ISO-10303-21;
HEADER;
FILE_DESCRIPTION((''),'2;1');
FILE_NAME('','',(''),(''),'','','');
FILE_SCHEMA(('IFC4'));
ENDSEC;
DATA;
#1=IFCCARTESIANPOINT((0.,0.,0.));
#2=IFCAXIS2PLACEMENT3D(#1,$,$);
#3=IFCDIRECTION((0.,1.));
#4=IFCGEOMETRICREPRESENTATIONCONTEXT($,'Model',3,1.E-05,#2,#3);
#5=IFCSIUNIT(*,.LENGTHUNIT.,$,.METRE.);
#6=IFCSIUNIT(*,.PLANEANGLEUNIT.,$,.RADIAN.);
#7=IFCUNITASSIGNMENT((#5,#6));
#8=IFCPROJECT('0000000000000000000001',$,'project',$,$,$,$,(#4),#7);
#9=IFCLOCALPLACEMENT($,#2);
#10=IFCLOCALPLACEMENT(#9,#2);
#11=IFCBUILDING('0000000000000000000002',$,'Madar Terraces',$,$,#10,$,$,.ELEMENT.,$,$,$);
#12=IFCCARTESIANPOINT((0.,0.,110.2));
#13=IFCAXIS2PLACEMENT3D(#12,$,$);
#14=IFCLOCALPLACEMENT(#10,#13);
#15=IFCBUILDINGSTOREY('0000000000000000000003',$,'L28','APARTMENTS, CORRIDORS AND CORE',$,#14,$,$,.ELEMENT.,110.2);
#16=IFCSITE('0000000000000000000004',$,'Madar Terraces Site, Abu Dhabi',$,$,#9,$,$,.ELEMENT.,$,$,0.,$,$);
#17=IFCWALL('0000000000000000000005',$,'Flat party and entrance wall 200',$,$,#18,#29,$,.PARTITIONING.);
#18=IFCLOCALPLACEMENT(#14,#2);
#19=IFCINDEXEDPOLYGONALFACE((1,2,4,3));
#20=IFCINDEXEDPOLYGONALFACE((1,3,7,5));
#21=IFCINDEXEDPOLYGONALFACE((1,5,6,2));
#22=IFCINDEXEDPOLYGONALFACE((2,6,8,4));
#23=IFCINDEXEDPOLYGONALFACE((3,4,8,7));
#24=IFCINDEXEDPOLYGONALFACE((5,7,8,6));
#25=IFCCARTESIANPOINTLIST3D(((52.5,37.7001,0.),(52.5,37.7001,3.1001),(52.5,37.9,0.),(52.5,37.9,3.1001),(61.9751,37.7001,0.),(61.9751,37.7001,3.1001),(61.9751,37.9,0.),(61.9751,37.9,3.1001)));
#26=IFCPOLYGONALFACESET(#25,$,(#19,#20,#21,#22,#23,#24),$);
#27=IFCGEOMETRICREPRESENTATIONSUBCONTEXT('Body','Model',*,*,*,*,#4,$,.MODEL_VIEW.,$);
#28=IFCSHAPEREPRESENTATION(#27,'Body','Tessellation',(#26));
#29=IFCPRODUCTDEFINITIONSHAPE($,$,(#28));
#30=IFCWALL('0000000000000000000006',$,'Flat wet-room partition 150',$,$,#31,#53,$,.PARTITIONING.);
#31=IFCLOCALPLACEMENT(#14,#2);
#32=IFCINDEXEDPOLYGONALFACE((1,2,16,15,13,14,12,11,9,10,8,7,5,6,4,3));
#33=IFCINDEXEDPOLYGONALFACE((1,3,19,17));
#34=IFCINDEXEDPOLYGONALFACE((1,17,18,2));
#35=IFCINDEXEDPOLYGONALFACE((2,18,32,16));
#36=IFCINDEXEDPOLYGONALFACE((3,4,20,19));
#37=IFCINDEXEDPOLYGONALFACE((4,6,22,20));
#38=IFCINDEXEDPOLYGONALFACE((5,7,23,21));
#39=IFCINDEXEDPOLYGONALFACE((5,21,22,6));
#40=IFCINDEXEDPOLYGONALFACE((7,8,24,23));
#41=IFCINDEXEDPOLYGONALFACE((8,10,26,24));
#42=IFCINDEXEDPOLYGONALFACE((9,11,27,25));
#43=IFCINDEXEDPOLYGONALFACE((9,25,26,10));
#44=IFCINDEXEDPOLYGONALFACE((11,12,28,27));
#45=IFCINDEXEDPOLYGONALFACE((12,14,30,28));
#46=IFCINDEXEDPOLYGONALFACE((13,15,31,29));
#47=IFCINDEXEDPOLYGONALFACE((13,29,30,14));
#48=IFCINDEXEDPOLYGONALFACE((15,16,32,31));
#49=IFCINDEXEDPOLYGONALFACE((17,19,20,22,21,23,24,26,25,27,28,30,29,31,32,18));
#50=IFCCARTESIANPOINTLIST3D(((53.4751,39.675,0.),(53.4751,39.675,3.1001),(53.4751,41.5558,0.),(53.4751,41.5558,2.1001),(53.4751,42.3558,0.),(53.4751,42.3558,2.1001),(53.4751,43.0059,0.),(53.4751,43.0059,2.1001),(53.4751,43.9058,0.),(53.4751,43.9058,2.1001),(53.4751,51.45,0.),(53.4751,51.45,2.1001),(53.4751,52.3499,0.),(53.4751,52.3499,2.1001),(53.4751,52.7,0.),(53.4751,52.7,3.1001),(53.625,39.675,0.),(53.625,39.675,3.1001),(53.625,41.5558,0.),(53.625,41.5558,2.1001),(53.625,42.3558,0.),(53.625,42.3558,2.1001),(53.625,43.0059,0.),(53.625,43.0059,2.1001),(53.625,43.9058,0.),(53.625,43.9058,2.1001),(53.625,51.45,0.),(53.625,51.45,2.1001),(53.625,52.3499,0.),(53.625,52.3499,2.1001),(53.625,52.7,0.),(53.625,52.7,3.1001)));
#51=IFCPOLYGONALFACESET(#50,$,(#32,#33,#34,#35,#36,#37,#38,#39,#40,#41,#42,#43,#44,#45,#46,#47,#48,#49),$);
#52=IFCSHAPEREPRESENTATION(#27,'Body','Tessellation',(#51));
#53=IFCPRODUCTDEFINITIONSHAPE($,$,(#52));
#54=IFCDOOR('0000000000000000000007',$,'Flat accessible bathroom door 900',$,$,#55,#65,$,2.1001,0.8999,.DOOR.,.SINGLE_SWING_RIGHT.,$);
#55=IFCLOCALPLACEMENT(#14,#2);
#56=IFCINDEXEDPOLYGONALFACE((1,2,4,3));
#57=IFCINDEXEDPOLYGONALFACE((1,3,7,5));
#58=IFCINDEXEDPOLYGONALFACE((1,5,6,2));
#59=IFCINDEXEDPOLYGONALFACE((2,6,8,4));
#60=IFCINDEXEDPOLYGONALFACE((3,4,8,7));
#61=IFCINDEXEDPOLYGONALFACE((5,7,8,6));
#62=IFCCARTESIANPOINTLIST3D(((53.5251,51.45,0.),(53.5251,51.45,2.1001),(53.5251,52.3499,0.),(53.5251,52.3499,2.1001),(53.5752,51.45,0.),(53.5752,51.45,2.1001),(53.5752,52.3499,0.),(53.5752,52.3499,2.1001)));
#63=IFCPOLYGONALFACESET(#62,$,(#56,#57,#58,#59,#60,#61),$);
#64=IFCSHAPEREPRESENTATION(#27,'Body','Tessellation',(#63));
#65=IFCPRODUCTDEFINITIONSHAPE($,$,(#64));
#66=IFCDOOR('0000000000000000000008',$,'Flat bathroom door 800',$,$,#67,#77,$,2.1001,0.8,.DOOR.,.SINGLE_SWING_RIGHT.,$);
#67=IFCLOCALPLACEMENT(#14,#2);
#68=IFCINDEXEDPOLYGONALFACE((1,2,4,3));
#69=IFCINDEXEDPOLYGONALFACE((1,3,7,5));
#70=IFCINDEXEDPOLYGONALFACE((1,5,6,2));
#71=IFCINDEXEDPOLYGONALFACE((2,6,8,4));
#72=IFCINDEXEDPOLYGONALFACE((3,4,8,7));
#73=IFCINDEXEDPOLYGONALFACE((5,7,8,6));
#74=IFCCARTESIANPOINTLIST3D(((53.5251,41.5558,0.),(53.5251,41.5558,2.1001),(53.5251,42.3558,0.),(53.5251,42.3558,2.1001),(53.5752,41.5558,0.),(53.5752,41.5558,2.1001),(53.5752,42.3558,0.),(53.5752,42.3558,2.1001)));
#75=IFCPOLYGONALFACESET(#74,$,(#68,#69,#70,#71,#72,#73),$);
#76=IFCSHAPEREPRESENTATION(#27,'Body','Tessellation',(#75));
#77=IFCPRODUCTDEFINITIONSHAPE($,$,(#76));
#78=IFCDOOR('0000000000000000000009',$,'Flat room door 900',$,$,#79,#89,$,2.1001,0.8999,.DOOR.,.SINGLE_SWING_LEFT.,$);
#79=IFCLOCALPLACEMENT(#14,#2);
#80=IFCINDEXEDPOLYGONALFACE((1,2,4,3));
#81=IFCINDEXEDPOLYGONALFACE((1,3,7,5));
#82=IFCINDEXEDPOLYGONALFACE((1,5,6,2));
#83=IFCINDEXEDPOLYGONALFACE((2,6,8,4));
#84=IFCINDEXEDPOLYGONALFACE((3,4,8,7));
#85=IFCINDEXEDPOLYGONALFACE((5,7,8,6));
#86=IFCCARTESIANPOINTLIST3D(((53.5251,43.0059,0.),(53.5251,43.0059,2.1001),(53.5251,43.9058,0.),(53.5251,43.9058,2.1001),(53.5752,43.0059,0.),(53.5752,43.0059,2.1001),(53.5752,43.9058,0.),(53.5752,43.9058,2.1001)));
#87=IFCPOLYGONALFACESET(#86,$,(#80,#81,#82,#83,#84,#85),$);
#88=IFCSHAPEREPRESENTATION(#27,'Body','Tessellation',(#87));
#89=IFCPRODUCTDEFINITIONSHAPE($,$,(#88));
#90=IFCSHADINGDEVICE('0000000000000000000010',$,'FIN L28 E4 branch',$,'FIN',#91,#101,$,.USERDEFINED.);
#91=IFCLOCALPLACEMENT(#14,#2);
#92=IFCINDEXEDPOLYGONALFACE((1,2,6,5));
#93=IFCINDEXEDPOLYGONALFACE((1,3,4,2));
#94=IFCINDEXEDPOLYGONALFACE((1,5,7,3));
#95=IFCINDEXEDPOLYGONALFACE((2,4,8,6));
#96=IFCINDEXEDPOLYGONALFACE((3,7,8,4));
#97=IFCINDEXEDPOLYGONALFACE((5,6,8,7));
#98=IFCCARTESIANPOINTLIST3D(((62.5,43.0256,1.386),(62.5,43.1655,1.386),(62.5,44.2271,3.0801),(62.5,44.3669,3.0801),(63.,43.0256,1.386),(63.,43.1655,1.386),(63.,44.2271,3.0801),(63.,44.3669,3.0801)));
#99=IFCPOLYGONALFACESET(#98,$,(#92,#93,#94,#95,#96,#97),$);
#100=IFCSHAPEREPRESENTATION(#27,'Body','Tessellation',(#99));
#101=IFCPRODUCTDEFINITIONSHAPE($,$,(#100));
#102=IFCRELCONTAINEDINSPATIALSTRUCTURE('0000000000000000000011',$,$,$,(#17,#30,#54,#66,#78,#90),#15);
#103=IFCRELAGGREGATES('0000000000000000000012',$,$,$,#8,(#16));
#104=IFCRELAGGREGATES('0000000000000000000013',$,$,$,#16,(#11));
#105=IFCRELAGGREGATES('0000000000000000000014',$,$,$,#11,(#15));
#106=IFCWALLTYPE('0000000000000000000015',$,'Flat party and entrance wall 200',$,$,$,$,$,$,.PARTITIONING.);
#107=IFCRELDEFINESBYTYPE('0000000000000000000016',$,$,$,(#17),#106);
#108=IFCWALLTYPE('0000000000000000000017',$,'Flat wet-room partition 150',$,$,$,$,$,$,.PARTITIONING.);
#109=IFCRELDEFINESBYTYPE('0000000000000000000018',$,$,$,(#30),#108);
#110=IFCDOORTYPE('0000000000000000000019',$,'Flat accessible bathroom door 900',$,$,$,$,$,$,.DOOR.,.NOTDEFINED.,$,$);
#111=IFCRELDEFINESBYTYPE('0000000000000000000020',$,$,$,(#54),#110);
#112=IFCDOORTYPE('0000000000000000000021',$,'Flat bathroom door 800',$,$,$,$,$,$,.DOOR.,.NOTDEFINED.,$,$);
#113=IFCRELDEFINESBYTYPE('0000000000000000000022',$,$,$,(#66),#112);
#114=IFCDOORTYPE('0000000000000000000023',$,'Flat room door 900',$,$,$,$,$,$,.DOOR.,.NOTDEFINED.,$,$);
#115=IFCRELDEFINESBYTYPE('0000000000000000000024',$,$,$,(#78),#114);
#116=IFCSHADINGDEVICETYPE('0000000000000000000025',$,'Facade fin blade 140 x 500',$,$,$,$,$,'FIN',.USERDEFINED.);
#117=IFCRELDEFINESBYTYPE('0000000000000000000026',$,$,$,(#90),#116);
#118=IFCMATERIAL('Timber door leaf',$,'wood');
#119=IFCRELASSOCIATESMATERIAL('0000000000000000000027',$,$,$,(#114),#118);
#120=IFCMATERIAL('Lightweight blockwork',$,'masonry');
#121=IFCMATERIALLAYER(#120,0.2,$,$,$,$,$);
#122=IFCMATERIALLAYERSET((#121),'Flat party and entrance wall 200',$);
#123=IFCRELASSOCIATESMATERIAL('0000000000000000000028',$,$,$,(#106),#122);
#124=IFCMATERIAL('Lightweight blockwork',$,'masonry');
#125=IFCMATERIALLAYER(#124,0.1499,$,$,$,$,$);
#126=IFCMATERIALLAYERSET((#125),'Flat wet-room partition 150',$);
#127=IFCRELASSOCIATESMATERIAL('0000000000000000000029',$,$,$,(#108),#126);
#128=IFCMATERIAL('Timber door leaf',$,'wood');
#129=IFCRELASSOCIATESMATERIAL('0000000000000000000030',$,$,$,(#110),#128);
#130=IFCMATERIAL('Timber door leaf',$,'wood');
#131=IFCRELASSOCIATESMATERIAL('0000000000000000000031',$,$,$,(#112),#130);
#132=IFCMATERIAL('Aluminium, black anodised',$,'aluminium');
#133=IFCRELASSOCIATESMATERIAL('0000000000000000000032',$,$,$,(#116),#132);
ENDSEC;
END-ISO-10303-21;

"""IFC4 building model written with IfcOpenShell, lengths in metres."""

from ifc_helpers import new_model, si_unit, direction, frame, frame_2d, origin, place, context, subcontext, project, spatial, polyline, rectangle, outline, extrude, material, layer, layer_set, type_object, element, fill, save


model = new_model("IFC4")

# Units and contexts
model_context = context("Model", 3, precision=1e-05, world=origin(), true_north=direction((0.0, 1.0)))
body_context = subcontext(model_context, "Body", "Model", "MODEL_VIEW")
ifc_project = project(units=[si_unit("LENGTHUNIT", "METRE"), si_unit("PLANEANGLEUNIT", "RADIAN")], contexts=[model_context])

# Site, building, storey
site_placement = place(None, origin())
site = spatial("IfcSite", under=ifc_project, at=site_placement, Name="Madar Terraces Site, Abu Dhabi", CompositionType="ELEMENT", RefElevation=0.0)
building_placement = place(site_placement, origin())
building = spatial("IfcBuilding", under=site, at=building_placement, Name="Madar Terraces", CompositionType="ELEMENT")
storey_placement = place(building_placement, frame((0.0, 0.0, 110.2)))
storey = spatial("IfcBuildingStorey", under=building, at=storey_placement, Name="L28", Description="APARTMENTS, CORRIDORS AND CORE", CompositionType="ELEMENT", Elevation=110.2)

# Shared definitions
ifc_material_1 = material(Name="Timber door leaf", Category="wood")
door_type_1 = type_object("IfcDoorType", Name="Flat room door 900", OperationType="NOTDEFINED", PredefinedType="DOOR", material=ifc_material_1)

# Wall
ifc_material_2 = material(Name="Lightweight blockwork", Category="masonry")
ifc_layer_1 = layer(ifc_material_2, 0.2)
ifc_layer_set_1 = layer_set([ifc_layer_1], Name="Flat party and entrance wall 200")
wall_type_1 = type_object("IfcWallType", Name="Flat party and entrance wall 200", PredefinedType="PARTITIONING", material=ifc_layer_set_1)
wall_1_placement = place(storey_placement, frame((52.5, 37.8, 0.0), z_axis=(0.0, 0.0, 1.0), x_axis=(1.0, 0.0, 0.0)))
element("IfcWall", 1, at=wall_1_placement, inside=storey, type_object=wall_type_1, Name="Flat party and entrance wall 200", PredefinedType="PARTITIONING", context=body_context, shape_type="SweptSolid", body=[
    extrude(rectangle(XDim=9.4751, YDim=0.2, at=frame_2d((4.7375, 0.0))), origin(), (0.0, 0.0, 1.0), 3.1001),
])

# Wall, openings, doors
ifc_material_3 = material(Name="Lightweight blockwork", Category="masonry")
ifc_layer_2 = layer(ifc_material_3, 0.1499)
ifc_layer_set_2 = layer_set([ifc_layer_2], Name="Flat wet-room partition 150")
wall_type_2 = type_object("IfcWallType", Name="Flat wet-room partition 150", PredefinedType="PARTITIONING", material=ifc_layer_set_2)
wall_2_placement = place(storey_placement, frame((53.55, 39.675, 0.0), z_axis=(0.0, 0.0, 1.0), x_axis=(0.0, 1.0, 0.0)))
wall_2 = element("IfcWall", 2, at=wall_2_placement, inside=storey, type_object=wall_type_2, Name="Flat wet-room partition 150", PredefinedType="PARTITIONING", context=body_context, shape_type="SweptSolid", body=[
    extrude(rectangle(XDim=13.0249, YDim=0.1499, at=frame_2d((6.5125, 0.0))), origin(), (0.0, 0.0, 1.0), 3.1001),
])
opening_1_placement = place(wall_2_placement, frame((1.8809, 0.0, 0.0)))
opening_1 = element("IfcOpeningElement", 3, at=opening_1_placement, cuts=wall_2, PredefinedType="OPENING", context=body_context, shape_type="SweptSolid", body=[
    extrude(rectangle(XDim=0.8, YDim=2.1001, at=frame_2d((0.3999, 1.05))), frame((0.0, 0.085, 0.0), z_axis=(0.0, -1.0, 0.0), x_axis=(1.0, 0.0, 0.0)), (0.0, 0.0, 1.0), 0.1699),
])
opening_2_placement = place(wall_2_placement, frame((3.3308, 0.0, 0.0)))
opening_2 = element("IfcOpeningElement", 4, at=opening_2_placement, cuts=wall_2, PredefinedType="OPENING", context=body_context, shape_type="SweptSolid", body=[
    extrude(rectangle(XDim=0.8999, YDim=2.1001, at=frame_2d((0.45, 1.05))), frame((0.0, 0.085, 0.0), z_axis=(0.0, -1.0, 0.0), x_axis=(1.0, 0.0, 0.0)), (0.0, 0.0, 1.0), 0.1699),
])
opening_3_placement = place(wall_2_placement, frame((11.7749, 0.0, 0.0)))
opening_3 = element("IfcOpeningElement", 5, at=opening_3_placement, cuts=wall_2, PredefinedType="OPENING", context=body_context, shape_type="SweptSolid", body=[
    extrude(rectangle(XDim=0.8999, YDim=2.1001, at=frame_2d((0.45, 1.05))), frame((0.0, 0.085, 0.0), z_axis=(0.0, -1.0, 0.0), x_axis=(1.0, 0.0, 0.0)), (0.0, 0.0, 1.0), 0.1699),
])
ifc_material_4 = material(Name="Timber door leaf", Category="wood")
door_type_2 = type_object("IfcDoorType", Name="Flat accessible bathroom door 900", OperationType="NOTDEFINED", PredefinedType="DOOR", material=ifc_material_4)
door_1_placement = place(opening_3_placement, origin())
door_1 = element("IfcDoor", 6, at=door_1_placement, inside=storey, type_object=door_type_2, Name="Flat accessible bathroom door 900", OperationType="SINGLE_SWING_RIGHT", OverallHeight=2.1001, OverallWidth=0.8999, PredefinedType="DOOR", context=body_context, shape_type="SweptSolid", body=[
    extrude(rectangle(XDim=0.8999, YDim=2.1001, at=frame_2d((0.45, 1.05))), frame((0.0, 0.0249, 0.0), z_axis=(0.0, -1.0, 0.0), x_axis=(1.0, 0.0, 0.0)), (0.0, 0.0, 1.0), 0.05),
])
fill(opening_3, door_1)
ifc_material_5 = material(Name="Timber door leaf", Category="wood")
door_type_3 = type_object("IfcDoorType", Name="Flat bathroom door 800", OperationType="NOTDEFINED", PredefinedType="DOOR", material=ifc_material_5)
door_2_placement = place(opening_1_placement, origin())
door_2 = element("IfcDoor", 7, at=door_2_placement, inside=storey, type_object=door_type_3, Name="Flat bathroom door 800", OperationType="SINGLE_SWING_RIGHT", OverallHeight=2.1001, OverallWidth=0.8, PredefinedType="DOOR", context=body_context, shape_type="SweptSolid", body=[
    extrude(rectangle(XDim=0.8, YDim=2.1001, at=frame_2d((0.3999, 1.05))), frame((0.0, 0.0249, 0.0), z_axis=(0.0, -1.0, 0.0), x_axis=(1.0, 0.0, 0.0)), (0.0, 0.0, 1.0), 0.05),
])
fill(opening_1, door_2)
door_3_placement = place(opening_2_placement, origin())
door_3 = element("IfcDoor", 8, at=door_3_placement, inside=storey, type_object=door_type_1, Name="Flat room door 900", OperationType="SINGLE_SWING_LEFT", OverallHeight=2.1001, OverallWidth=0.8999, PredefinedType="DOOR", context=body_context, shape_type="SweptSolid", body=[
    extrude(rectangle(XDim=0.8999, YDim=2.1001, at=frame_2d((0.45, 1.05))), frame((0.0, 0.0249, 0.0), z_axis=(0.0, -1.0, 0.0), x_axis=(1.0, 0.0, 0.0)), (0.0, 0.0, 1.0), 0.05),
])
fill(opening_2, door_3)

# Shading device
ifc_material_6 = material(Name="Aluminium, black anodised", Category="aluminium")
shading_device_type = type_object("IfcShadingDeviceType", Name="Facade fin blade 140 x 500", ElementType="FIN", PredefinedType="USERDEFINED", material=ifc_material_6)
shading_device_placement = place(storey_placement, frame((62.75, 43.0256, 1.386), z_axis=(0.0, 0.0, 1.0), x_axis=(0.0, 1.0, 0.0)))
element("IfcShadingDevice", 9, at=shading_device_placement, inside=storey, type_object=shading_device_type, Name="FIN L28 E4 branch", ObjectType="FIN", PredefinedType="USERDEFINED", context=body_context, shape_type="SweptSolid", body=[
    extrude(outline(polyline([(0.0, 0.0), (0.1399, 0.0), (1.3413, 1.6941), (1.2014, 1.6941), (0.0, 0.0)])), frame((0.0, 0.25, 0.0), z_axis=(0.0, -1.0, 0.0), x_axis=(1.0, 0.0, 0.0)), (0.0, 0.0, 1.0), 0.5),
])

save(model, "model.ifc")
